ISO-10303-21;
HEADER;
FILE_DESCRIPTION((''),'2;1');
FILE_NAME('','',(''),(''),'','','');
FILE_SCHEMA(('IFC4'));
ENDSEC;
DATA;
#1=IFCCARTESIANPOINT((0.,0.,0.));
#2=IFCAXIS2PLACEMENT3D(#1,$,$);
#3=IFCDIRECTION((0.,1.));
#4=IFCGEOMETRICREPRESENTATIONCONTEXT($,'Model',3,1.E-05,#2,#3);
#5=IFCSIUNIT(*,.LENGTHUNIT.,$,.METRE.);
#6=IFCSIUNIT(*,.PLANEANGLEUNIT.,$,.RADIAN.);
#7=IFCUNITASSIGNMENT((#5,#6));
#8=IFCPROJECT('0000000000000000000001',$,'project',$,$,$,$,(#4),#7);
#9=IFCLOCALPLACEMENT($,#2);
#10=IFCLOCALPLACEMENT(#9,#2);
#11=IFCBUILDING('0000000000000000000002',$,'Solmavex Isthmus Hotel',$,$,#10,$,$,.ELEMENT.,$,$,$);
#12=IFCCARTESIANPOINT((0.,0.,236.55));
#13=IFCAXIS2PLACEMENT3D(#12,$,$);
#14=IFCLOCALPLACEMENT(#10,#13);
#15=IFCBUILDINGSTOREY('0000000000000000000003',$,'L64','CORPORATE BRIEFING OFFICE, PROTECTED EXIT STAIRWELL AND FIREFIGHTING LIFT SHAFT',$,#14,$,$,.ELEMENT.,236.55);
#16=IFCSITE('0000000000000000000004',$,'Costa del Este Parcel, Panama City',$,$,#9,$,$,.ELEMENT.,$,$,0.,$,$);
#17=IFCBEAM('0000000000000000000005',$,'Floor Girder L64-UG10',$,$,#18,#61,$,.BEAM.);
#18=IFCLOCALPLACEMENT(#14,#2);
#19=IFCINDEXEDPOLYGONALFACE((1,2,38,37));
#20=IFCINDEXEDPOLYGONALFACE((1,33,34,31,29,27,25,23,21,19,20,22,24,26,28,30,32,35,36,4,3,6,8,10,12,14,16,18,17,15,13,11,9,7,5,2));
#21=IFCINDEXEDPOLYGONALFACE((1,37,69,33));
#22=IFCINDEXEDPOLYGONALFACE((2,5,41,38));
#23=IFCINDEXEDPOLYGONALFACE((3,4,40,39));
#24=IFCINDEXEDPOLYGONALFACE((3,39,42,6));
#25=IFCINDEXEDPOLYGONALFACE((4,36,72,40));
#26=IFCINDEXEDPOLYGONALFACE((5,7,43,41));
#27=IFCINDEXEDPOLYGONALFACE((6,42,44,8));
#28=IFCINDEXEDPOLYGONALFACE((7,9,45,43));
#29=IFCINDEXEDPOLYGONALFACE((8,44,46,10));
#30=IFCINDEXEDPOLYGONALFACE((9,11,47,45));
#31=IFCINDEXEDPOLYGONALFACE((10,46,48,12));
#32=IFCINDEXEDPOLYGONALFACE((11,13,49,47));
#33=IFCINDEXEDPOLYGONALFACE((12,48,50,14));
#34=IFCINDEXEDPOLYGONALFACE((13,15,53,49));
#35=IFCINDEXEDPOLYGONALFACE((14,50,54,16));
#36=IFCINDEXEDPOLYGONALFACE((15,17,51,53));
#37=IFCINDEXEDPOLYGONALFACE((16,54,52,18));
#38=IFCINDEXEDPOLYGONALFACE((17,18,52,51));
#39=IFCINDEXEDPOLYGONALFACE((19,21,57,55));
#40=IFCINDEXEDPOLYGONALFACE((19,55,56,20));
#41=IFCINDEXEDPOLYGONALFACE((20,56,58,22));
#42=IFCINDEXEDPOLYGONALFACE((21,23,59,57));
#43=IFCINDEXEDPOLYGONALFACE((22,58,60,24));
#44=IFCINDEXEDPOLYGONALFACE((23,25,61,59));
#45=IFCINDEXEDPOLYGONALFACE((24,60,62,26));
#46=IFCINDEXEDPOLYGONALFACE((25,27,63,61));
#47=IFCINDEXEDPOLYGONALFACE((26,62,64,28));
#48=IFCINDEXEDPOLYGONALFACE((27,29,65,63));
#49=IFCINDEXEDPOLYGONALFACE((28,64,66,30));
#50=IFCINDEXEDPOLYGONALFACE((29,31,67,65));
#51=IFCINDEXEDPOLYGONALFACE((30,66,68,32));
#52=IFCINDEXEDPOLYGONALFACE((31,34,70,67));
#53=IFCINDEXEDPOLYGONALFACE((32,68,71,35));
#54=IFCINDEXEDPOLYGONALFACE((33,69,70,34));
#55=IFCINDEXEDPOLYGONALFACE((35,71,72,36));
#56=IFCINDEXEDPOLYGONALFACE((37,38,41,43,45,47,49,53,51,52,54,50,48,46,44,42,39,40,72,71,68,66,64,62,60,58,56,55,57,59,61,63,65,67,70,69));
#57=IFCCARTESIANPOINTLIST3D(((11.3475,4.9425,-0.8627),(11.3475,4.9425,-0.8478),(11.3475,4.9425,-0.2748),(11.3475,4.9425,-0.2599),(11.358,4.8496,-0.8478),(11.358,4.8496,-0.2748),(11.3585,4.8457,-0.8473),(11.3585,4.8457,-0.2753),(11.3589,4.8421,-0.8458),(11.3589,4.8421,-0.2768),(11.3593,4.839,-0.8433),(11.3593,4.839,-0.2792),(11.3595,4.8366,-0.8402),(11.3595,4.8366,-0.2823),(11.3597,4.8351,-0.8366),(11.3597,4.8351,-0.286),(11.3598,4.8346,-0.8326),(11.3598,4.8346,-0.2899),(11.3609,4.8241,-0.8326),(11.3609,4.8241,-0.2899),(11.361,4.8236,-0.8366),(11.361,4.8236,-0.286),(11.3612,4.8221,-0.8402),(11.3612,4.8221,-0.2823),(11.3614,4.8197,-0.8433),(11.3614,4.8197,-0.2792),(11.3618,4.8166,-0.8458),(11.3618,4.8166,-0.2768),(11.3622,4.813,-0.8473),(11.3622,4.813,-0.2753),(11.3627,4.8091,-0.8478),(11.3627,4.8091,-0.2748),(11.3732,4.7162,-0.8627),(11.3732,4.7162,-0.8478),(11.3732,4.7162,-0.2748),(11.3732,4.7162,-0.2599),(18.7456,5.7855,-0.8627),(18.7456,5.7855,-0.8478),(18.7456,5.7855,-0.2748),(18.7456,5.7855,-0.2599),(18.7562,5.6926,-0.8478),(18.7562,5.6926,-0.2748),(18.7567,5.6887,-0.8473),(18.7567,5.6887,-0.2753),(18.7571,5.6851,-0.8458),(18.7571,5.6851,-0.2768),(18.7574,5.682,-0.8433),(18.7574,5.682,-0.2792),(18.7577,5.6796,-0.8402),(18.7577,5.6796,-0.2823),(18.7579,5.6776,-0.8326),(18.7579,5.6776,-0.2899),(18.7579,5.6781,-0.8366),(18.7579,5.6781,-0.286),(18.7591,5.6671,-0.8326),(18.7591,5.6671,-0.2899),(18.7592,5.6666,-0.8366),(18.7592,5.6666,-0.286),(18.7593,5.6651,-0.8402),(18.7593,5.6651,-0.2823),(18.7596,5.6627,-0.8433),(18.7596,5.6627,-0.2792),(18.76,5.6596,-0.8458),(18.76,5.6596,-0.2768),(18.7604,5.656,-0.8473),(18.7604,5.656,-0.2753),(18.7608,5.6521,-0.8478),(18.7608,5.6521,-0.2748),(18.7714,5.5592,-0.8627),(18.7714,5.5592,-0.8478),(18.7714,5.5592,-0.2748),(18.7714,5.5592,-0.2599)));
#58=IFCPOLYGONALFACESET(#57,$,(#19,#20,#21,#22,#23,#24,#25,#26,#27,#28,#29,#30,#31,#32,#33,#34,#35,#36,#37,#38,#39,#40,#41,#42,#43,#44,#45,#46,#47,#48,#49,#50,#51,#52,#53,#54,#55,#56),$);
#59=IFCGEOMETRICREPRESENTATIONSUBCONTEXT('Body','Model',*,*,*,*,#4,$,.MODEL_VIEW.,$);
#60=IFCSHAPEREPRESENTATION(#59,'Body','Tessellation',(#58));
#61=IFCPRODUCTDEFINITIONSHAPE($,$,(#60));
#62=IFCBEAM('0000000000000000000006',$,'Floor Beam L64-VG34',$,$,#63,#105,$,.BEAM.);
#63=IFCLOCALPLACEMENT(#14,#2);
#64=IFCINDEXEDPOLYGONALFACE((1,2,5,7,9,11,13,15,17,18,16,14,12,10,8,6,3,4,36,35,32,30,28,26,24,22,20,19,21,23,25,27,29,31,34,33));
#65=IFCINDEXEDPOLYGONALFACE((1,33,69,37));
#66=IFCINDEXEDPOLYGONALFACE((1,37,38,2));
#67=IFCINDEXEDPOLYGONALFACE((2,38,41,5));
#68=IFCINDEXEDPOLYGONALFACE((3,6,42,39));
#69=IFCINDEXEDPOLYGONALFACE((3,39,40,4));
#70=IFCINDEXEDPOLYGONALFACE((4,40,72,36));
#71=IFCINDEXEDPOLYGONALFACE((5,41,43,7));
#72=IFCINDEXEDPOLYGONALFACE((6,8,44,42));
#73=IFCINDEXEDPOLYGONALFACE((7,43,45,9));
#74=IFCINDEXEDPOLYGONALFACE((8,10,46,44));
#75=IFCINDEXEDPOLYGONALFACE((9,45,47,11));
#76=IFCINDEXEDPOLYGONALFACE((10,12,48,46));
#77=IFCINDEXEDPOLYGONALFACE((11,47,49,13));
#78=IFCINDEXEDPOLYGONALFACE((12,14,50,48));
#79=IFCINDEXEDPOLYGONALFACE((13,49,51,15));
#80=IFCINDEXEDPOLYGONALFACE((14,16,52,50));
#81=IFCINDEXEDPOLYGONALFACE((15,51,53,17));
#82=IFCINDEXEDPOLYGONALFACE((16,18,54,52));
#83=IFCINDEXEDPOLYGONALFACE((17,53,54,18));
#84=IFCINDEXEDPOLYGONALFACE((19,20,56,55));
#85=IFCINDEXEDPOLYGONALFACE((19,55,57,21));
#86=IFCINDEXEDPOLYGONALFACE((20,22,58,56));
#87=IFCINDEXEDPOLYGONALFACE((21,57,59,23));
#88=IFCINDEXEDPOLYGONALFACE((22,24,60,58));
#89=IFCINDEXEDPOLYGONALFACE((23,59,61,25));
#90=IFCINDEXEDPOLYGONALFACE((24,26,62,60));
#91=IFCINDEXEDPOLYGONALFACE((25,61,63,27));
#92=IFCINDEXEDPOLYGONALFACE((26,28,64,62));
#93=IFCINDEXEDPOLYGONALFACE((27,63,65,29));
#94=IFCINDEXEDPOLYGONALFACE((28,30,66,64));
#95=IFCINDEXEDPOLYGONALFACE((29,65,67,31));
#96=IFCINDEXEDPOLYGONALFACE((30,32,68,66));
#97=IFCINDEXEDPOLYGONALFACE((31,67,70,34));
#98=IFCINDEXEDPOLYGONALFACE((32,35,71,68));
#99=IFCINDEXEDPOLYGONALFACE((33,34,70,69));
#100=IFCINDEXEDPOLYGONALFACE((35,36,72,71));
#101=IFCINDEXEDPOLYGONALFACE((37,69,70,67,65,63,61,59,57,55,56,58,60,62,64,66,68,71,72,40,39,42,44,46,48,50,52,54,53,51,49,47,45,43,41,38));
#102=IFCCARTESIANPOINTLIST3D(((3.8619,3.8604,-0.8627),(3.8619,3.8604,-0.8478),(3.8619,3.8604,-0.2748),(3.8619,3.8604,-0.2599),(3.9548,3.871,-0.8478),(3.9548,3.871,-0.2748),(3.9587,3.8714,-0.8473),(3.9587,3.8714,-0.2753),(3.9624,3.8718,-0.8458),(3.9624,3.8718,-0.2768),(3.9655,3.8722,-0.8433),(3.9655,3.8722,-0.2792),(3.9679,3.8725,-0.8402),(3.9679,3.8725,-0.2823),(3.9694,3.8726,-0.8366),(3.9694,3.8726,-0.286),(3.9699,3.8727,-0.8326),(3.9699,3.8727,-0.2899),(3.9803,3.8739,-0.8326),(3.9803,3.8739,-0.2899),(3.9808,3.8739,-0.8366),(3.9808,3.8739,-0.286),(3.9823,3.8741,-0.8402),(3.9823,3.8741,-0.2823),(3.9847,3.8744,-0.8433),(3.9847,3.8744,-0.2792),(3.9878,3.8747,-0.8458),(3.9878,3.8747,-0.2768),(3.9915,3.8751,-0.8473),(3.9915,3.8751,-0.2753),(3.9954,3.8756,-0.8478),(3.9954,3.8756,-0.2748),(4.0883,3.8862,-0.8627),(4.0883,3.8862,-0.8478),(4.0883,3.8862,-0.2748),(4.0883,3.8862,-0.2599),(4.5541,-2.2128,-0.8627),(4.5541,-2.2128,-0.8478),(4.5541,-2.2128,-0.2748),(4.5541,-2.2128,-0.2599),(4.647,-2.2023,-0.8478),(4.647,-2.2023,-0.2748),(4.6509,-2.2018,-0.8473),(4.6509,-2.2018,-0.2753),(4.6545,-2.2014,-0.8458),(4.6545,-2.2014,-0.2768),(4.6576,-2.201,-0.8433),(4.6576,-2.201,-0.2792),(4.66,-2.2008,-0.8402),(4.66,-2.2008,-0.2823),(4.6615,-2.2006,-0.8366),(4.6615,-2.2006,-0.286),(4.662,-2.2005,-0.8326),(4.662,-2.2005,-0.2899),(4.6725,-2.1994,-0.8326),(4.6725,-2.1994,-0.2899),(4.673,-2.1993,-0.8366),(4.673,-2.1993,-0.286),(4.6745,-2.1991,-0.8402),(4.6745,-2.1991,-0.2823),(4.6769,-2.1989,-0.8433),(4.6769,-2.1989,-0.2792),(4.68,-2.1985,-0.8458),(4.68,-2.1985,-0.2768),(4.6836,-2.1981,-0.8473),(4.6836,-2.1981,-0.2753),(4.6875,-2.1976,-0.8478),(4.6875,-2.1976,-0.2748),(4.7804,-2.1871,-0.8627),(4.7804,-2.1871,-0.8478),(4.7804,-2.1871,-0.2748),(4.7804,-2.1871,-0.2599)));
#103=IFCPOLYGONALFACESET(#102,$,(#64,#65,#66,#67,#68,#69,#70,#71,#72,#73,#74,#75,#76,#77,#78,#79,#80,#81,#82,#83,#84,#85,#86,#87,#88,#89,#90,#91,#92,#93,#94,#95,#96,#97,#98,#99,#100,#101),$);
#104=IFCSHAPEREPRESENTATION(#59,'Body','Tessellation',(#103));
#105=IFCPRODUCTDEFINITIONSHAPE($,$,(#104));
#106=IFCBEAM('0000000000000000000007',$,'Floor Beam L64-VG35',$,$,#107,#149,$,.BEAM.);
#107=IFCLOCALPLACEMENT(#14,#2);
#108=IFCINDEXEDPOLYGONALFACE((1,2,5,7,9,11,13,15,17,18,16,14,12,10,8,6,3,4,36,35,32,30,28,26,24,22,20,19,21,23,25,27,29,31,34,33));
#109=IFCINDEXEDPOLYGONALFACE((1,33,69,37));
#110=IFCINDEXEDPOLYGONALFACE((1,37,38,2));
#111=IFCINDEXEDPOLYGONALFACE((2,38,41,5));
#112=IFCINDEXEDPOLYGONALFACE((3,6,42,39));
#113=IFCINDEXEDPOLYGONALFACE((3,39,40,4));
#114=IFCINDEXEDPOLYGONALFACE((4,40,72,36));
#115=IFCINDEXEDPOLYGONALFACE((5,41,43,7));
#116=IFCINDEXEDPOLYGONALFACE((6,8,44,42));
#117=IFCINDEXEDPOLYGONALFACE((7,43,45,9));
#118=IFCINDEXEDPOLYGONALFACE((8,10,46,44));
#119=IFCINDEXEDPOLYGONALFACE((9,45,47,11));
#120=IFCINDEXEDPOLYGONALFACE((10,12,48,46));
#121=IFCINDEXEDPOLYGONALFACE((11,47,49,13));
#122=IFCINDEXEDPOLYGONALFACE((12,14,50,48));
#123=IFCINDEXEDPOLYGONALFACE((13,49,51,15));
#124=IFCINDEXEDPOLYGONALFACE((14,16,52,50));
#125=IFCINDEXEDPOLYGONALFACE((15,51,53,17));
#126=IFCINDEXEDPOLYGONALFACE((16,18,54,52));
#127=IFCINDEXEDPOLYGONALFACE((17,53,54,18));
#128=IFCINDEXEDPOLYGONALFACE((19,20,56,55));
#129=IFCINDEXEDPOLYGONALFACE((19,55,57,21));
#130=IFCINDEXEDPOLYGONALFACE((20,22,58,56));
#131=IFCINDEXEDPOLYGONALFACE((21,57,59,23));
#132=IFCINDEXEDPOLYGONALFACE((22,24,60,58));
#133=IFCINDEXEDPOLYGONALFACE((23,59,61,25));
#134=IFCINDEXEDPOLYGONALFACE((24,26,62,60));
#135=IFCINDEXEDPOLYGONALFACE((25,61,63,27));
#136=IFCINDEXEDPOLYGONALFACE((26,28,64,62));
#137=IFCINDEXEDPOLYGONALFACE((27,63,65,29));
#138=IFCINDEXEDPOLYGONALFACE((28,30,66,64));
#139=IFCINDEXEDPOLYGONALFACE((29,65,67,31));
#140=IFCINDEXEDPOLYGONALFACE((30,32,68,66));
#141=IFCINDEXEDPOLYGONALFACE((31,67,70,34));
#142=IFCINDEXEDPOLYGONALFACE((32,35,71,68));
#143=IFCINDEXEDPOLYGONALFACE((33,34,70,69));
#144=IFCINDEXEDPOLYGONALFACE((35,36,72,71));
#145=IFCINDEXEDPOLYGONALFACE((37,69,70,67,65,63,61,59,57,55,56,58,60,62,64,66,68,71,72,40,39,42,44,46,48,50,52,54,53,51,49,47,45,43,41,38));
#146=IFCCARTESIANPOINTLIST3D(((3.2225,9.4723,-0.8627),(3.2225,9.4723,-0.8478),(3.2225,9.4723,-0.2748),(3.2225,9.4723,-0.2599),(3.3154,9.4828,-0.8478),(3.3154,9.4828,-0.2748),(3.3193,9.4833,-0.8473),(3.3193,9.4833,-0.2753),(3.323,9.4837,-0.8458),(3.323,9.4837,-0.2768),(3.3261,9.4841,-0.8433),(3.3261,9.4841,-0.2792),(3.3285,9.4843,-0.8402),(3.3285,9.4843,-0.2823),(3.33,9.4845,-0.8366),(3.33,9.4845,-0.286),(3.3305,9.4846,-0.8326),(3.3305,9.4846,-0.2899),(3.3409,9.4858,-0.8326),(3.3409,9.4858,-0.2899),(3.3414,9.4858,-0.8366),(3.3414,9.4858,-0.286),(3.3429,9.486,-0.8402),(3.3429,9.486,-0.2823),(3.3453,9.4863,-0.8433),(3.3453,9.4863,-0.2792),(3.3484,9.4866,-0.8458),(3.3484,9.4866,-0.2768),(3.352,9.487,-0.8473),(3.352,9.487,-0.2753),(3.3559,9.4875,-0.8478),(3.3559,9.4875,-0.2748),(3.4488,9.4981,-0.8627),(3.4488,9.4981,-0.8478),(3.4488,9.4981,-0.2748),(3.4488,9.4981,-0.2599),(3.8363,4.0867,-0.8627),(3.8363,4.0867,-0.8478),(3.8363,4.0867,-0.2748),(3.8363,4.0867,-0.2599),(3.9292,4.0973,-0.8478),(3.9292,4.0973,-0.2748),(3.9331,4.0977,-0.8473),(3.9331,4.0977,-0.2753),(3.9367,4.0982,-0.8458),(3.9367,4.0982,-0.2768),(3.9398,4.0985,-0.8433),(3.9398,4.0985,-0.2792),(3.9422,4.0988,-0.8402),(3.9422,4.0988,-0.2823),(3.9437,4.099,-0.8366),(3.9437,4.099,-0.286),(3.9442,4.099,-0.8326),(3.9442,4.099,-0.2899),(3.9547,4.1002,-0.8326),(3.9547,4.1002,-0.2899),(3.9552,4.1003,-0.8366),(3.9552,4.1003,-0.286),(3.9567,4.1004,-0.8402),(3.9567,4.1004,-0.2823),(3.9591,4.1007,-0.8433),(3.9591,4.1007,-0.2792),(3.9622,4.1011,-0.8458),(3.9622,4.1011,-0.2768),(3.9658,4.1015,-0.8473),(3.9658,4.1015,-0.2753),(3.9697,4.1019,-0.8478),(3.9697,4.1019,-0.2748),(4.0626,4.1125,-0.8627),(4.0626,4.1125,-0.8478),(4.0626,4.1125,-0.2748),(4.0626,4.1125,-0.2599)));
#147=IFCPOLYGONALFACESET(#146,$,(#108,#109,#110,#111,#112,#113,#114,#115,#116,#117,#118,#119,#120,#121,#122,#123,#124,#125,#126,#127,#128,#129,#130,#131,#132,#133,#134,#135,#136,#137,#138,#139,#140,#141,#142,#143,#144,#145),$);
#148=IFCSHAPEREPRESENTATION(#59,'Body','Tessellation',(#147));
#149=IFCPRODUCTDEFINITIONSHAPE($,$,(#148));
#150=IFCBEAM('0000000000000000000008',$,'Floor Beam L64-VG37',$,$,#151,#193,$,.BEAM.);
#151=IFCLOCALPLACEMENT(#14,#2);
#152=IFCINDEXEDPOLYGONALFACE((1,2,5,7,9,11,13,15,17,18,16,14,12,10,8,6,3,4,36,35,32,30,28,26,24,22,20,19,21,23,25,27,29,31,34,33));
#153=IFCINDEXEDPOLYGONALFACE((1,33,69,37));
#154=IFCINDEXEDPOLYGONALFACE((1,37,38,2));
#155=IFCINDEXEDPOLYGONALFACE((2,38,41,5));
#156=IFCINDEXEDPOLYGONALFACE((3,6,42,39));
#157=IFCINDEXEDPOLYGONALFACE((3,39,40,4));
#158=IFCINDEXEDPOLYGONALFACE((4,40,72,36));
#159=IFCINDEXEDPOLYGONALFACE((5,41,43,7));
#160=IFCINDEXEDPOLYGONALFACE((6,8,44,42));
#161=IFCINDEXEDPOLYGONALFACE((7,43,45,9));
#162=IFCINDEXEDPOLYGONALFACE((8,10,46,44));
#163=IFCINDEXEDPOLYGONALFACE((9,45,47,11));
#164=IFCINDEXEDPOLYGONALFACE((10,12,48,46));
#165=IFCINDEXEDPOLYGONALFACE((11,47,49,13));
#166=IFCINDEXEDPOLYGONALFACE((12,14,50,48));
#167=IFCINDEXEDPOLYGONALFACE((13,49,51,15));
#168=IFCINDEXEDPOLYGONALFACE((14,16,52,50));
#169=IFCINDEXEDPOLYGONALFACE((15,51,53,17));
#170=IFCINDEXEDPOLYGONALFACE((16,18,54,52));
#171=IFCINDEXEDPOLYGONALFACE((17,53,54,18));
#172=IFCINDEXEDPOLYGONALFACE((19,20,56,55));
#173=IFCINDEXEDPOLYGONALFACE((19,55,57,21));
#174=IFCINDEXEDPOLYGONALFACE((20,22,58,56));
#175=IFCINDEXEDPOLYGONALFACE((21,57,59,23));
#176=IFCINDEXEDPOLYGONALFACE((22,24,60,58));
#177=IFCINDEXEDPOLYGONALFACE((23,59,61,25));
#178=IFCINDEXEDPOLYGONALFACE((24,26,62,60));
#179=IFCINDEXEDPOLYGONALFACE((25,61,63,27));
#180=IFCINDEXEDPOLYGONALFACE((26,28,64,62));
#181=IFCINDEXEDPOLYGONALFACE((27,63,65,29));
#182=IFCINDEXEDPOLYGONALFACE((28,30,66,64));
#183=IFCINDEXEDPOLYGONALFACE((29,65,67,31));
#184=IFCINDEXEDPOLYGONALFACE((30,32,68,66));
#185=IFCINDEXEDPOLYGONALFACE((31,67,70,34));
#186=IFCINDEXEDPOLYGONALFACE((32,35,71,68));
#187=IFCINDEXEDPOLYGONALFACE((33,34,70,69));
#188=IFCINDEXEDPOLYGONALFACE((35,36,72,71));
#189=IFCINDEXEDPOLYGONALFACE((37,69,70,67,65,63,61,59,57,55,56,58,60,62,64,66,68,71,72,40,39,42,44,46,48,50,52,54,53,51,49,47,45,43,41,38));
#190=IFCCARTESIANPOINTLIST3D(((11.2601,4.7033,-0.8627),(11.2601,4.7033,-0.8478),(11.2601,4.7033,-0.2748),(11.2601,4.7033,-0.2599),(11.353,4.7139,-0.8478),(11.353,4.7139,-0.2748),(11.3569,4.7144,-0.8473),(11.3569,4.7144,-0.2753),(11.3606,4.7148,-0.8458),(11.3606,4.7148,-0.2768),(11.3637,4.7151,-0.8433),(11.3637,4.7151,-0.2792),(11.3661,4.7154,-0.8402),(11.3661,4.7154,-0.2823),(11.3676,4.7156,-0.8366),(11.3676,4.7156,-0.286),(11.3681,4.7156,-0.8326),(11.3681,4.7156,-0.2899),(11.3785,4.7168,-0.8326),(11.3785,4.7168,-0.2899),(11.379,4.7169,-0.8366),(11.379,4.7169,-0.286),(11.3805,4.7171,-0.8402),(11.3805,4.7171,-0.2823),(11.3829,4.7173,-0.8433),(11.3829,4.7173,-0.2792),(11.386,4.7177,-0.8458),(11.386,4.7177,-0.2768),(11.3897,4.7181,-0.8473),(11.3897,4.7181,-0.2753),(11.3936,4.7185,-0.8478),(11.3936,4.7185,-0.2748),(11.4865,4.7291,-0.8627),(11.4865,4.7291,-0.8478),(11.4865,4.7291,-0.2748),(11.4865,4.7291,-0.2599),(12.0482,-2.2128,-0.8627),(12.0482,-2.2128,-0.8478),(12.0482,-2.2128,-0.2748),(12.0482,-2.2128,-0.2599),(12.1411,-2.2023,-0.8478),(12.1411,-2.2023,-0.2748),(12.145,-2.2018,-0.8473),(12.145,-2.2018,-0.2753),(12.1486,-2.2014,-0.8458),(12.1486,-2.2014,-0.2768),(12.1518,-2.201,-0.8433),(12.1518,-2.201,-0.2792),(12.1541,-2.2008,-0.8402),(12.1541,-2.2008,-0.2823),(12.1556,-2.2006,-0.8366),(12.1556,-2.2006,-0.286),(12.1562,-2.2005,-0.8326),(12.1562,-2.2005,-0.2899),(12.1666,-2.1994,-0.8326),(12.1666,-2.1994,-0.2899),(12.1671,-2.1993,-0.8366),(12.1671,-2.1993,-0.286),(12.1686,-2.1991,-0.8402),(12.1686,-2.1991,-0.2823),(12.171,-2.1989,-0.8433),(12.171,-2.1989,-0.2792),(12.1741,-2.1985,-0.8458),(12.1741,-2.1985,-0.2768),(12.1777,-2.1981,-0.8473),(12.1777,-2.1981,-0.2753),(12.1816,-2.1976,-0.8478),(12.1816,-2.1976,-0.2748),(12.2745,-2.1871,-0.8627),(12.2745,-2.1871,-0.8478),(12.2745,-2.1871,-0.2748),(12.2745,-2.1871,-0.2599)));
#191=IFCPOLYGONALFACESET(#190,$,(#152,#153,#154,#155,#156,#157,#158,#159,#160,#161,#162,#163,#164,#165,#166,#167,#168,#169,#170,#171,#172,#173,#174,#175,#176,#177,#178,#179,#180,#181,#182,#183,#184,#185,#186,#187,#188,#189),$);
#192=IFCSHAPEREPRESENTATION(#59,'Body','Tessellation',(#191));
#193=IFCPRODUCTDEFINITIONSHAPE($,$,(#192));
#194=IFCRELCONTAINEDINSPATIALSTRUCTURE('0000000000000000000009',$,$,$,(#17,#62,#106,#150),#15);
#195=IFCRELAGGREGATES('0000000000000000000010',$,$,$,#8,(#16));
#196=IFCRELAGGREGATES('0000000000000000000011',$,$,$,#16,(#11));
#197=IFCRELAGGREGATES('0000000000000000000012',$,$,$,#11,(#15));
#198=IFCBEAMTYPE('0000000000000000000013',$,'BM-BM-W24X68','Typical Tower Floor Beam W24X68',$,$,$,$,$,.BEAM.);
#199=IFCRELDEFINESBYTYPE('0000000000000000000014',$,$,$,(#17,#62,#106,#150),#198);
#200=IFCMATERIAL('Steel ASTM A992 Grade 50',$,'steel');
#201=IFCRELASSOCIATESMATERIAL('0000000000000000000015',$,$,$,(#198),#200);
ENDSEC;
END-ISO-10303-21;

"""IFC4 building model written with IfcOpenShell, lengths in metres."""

from ifc_helpers import new_model, si_unit, direction, frame, origin, origin_2d, place, context, subcontext, project, spatial, i_section, extrude, material, material_profile, profile_set, type_object, element, save


model = new_model("IFC4")

# Units and contexts
model_context = context("Model", 3, precision=1e-05, world=origin(), true_north=direction((0.0, 1.0)))
body_context = subcontext(model_context, "Body", "Model", "MODEL_VIEW")
ifc_project = project(units=[si_unit("LENGTHUNIT", "METRE"), si_unit("PLANEANGLEUNIT", "RADIAN")], contexts=[model_context])

# Site, building, storey
site_placement = place(None, origin())
site = spatial("IfcSite", under=ifc_project, at=site_placement, Name="Costa del Este Parcel, Panama City", CompositionType="ELEMENT", RefElevation=0.0)
building_placement = place(site_placement, origin())
building = spatial("IfcBuilding", under=site, at=building_placement, Name="Solmavex Isthmus Hotel", CompositionType="ELEMENT")
storey_placement = place(building_placement, frame((0.0, 0.0, 236.55)))
storey = spatial("IfcBuildingStorey", under=building, at=storey_placement, Name="L64", Description="CORPORATE BRIEFING OFFICE, PROTECTED EXIT STAIRWELL AND FIREFIGHTING LIFT SHAFT", CompositionType="ELEMENT", Elevation=236.55)

# Beams
ifc_material_1 = material(Name="Steel ASTM A992 Grade 50", Category="steel")
ifc_material_profile_1 = material_profile(ifc_material_1, i_section(OverallWidth=0.2278, OverallDepth=0.6028, WebThickness=0.0105, FlangeThickness=0.0149, FilletRadius=0.0151, at=origin_2d()), Name="W24X68")
ifc_profile_set_1 = profile_set([ifc_material_profile_1], Name="Steel ASTM A992 Grade 50")
beam_type_1 = type_object("IfcBeamType", Name="BM-BM-W24X68", Description="Typical Tower Floor Beam W24X68", PredefinedType="BEAM", material=ifc_profile_set_1)
for number, where, z_axis, x_axis, name in (
    (1, (11.3604, 4.8293, -0.5613), (0.99357, 0.113216, 0.0), (-0.113216, 0.99357, 0.0), "Floor Girder L64-UG10"),
):
    element("IfcBeam", number, at=place(storey_placement, frame(where, z_axis=z_axis, x_axis=x_axis)), inside=storey, type_object=beam_type_1, Name=name, PredefinedType="BEAM", context=body_context, shape_type="SweptSolid", body=[
        extrude(i_section(OverallWidth=0.2278, OverallDepth=0.6028, WebThickness=0.0105, FlangeThickness=0.0149, FilletRadius=0.0151, at=origin_2d()), origin(), (0.0, 0.0, 1.0), 7.446),
    ])
beam_1_placement = place(storey_placement, frame((4.6672, -2.2, -0.5613), z_axis=(-0.113232, 0.993569, 0.0), x_axis=(-0.993569, -0.113232, 0.0)))
element("IfcBeam", 2, at=beam_1_placement, inside=storey, type_object=beam_type_1, Name="Floor Beam L64-VG34", PredefinedType="BEAM", context=body_context, shape_type="SweptSolid", body=[
    extrude(i_section(OverallWidth=0.2278, OverallDepth=0.6028, WebThickness=0.0105, FlangeThickness=0.0149, FilletRadius=0.0151, at=origin_2d()), origin(), (0.0, 0.0, 1.0), 6.1125),
])
beam_2_placement = place(storey_placement, frame((3.9495, 4.0996, -0.5613), z_axis=(-0.113234, 0.993568, 0.0), x_axis=(-0.993568, -0.113234, 0.0)))
element("IfcBeam", 3, at=beam_2_placement, inside=storey, type_object=beam_type_1, Name="Floor Beam L64-VG35", PredefinedType="BEAM", context=body_context, shape_type="SweptSolid", body=[
    extrude(i_section(OverallWidth=0.2278, OverallDepth=0.6028, WebThickness=0.0105, FlangeThickness=0.0149, FilletRadius=0.0151, at=origin_2d()), origin(), (0.0, 0.0, 1.0), 5.4204),
])
beam_3_placement = place(storey_placement, frame((12.1614, -2.2, -0.5613), z_axis=(-0.113214, 0.993571, 0.0), x_axis=(-0.993571, -0.113214, 0.0)))
element("IfcBeam", 4, at=beam_3_placement, inside=storey, type_object=beam_type_1, Name="Floor Beam L64-VG37", PredefinedType="BEAM", context=body_context, shape_type="SweptSolid", body=[
    extrude(i_section(OverallWidth=0.2278, OverallDepth=0.6028, WebThickness=0.0105, FlangeThickness=0.0149, FilletRadius=0.0151, at=origin_2d()), origin(), (0.0, 0.0, 1.0), 6.9609),
])

save(model, "model.ifc")
